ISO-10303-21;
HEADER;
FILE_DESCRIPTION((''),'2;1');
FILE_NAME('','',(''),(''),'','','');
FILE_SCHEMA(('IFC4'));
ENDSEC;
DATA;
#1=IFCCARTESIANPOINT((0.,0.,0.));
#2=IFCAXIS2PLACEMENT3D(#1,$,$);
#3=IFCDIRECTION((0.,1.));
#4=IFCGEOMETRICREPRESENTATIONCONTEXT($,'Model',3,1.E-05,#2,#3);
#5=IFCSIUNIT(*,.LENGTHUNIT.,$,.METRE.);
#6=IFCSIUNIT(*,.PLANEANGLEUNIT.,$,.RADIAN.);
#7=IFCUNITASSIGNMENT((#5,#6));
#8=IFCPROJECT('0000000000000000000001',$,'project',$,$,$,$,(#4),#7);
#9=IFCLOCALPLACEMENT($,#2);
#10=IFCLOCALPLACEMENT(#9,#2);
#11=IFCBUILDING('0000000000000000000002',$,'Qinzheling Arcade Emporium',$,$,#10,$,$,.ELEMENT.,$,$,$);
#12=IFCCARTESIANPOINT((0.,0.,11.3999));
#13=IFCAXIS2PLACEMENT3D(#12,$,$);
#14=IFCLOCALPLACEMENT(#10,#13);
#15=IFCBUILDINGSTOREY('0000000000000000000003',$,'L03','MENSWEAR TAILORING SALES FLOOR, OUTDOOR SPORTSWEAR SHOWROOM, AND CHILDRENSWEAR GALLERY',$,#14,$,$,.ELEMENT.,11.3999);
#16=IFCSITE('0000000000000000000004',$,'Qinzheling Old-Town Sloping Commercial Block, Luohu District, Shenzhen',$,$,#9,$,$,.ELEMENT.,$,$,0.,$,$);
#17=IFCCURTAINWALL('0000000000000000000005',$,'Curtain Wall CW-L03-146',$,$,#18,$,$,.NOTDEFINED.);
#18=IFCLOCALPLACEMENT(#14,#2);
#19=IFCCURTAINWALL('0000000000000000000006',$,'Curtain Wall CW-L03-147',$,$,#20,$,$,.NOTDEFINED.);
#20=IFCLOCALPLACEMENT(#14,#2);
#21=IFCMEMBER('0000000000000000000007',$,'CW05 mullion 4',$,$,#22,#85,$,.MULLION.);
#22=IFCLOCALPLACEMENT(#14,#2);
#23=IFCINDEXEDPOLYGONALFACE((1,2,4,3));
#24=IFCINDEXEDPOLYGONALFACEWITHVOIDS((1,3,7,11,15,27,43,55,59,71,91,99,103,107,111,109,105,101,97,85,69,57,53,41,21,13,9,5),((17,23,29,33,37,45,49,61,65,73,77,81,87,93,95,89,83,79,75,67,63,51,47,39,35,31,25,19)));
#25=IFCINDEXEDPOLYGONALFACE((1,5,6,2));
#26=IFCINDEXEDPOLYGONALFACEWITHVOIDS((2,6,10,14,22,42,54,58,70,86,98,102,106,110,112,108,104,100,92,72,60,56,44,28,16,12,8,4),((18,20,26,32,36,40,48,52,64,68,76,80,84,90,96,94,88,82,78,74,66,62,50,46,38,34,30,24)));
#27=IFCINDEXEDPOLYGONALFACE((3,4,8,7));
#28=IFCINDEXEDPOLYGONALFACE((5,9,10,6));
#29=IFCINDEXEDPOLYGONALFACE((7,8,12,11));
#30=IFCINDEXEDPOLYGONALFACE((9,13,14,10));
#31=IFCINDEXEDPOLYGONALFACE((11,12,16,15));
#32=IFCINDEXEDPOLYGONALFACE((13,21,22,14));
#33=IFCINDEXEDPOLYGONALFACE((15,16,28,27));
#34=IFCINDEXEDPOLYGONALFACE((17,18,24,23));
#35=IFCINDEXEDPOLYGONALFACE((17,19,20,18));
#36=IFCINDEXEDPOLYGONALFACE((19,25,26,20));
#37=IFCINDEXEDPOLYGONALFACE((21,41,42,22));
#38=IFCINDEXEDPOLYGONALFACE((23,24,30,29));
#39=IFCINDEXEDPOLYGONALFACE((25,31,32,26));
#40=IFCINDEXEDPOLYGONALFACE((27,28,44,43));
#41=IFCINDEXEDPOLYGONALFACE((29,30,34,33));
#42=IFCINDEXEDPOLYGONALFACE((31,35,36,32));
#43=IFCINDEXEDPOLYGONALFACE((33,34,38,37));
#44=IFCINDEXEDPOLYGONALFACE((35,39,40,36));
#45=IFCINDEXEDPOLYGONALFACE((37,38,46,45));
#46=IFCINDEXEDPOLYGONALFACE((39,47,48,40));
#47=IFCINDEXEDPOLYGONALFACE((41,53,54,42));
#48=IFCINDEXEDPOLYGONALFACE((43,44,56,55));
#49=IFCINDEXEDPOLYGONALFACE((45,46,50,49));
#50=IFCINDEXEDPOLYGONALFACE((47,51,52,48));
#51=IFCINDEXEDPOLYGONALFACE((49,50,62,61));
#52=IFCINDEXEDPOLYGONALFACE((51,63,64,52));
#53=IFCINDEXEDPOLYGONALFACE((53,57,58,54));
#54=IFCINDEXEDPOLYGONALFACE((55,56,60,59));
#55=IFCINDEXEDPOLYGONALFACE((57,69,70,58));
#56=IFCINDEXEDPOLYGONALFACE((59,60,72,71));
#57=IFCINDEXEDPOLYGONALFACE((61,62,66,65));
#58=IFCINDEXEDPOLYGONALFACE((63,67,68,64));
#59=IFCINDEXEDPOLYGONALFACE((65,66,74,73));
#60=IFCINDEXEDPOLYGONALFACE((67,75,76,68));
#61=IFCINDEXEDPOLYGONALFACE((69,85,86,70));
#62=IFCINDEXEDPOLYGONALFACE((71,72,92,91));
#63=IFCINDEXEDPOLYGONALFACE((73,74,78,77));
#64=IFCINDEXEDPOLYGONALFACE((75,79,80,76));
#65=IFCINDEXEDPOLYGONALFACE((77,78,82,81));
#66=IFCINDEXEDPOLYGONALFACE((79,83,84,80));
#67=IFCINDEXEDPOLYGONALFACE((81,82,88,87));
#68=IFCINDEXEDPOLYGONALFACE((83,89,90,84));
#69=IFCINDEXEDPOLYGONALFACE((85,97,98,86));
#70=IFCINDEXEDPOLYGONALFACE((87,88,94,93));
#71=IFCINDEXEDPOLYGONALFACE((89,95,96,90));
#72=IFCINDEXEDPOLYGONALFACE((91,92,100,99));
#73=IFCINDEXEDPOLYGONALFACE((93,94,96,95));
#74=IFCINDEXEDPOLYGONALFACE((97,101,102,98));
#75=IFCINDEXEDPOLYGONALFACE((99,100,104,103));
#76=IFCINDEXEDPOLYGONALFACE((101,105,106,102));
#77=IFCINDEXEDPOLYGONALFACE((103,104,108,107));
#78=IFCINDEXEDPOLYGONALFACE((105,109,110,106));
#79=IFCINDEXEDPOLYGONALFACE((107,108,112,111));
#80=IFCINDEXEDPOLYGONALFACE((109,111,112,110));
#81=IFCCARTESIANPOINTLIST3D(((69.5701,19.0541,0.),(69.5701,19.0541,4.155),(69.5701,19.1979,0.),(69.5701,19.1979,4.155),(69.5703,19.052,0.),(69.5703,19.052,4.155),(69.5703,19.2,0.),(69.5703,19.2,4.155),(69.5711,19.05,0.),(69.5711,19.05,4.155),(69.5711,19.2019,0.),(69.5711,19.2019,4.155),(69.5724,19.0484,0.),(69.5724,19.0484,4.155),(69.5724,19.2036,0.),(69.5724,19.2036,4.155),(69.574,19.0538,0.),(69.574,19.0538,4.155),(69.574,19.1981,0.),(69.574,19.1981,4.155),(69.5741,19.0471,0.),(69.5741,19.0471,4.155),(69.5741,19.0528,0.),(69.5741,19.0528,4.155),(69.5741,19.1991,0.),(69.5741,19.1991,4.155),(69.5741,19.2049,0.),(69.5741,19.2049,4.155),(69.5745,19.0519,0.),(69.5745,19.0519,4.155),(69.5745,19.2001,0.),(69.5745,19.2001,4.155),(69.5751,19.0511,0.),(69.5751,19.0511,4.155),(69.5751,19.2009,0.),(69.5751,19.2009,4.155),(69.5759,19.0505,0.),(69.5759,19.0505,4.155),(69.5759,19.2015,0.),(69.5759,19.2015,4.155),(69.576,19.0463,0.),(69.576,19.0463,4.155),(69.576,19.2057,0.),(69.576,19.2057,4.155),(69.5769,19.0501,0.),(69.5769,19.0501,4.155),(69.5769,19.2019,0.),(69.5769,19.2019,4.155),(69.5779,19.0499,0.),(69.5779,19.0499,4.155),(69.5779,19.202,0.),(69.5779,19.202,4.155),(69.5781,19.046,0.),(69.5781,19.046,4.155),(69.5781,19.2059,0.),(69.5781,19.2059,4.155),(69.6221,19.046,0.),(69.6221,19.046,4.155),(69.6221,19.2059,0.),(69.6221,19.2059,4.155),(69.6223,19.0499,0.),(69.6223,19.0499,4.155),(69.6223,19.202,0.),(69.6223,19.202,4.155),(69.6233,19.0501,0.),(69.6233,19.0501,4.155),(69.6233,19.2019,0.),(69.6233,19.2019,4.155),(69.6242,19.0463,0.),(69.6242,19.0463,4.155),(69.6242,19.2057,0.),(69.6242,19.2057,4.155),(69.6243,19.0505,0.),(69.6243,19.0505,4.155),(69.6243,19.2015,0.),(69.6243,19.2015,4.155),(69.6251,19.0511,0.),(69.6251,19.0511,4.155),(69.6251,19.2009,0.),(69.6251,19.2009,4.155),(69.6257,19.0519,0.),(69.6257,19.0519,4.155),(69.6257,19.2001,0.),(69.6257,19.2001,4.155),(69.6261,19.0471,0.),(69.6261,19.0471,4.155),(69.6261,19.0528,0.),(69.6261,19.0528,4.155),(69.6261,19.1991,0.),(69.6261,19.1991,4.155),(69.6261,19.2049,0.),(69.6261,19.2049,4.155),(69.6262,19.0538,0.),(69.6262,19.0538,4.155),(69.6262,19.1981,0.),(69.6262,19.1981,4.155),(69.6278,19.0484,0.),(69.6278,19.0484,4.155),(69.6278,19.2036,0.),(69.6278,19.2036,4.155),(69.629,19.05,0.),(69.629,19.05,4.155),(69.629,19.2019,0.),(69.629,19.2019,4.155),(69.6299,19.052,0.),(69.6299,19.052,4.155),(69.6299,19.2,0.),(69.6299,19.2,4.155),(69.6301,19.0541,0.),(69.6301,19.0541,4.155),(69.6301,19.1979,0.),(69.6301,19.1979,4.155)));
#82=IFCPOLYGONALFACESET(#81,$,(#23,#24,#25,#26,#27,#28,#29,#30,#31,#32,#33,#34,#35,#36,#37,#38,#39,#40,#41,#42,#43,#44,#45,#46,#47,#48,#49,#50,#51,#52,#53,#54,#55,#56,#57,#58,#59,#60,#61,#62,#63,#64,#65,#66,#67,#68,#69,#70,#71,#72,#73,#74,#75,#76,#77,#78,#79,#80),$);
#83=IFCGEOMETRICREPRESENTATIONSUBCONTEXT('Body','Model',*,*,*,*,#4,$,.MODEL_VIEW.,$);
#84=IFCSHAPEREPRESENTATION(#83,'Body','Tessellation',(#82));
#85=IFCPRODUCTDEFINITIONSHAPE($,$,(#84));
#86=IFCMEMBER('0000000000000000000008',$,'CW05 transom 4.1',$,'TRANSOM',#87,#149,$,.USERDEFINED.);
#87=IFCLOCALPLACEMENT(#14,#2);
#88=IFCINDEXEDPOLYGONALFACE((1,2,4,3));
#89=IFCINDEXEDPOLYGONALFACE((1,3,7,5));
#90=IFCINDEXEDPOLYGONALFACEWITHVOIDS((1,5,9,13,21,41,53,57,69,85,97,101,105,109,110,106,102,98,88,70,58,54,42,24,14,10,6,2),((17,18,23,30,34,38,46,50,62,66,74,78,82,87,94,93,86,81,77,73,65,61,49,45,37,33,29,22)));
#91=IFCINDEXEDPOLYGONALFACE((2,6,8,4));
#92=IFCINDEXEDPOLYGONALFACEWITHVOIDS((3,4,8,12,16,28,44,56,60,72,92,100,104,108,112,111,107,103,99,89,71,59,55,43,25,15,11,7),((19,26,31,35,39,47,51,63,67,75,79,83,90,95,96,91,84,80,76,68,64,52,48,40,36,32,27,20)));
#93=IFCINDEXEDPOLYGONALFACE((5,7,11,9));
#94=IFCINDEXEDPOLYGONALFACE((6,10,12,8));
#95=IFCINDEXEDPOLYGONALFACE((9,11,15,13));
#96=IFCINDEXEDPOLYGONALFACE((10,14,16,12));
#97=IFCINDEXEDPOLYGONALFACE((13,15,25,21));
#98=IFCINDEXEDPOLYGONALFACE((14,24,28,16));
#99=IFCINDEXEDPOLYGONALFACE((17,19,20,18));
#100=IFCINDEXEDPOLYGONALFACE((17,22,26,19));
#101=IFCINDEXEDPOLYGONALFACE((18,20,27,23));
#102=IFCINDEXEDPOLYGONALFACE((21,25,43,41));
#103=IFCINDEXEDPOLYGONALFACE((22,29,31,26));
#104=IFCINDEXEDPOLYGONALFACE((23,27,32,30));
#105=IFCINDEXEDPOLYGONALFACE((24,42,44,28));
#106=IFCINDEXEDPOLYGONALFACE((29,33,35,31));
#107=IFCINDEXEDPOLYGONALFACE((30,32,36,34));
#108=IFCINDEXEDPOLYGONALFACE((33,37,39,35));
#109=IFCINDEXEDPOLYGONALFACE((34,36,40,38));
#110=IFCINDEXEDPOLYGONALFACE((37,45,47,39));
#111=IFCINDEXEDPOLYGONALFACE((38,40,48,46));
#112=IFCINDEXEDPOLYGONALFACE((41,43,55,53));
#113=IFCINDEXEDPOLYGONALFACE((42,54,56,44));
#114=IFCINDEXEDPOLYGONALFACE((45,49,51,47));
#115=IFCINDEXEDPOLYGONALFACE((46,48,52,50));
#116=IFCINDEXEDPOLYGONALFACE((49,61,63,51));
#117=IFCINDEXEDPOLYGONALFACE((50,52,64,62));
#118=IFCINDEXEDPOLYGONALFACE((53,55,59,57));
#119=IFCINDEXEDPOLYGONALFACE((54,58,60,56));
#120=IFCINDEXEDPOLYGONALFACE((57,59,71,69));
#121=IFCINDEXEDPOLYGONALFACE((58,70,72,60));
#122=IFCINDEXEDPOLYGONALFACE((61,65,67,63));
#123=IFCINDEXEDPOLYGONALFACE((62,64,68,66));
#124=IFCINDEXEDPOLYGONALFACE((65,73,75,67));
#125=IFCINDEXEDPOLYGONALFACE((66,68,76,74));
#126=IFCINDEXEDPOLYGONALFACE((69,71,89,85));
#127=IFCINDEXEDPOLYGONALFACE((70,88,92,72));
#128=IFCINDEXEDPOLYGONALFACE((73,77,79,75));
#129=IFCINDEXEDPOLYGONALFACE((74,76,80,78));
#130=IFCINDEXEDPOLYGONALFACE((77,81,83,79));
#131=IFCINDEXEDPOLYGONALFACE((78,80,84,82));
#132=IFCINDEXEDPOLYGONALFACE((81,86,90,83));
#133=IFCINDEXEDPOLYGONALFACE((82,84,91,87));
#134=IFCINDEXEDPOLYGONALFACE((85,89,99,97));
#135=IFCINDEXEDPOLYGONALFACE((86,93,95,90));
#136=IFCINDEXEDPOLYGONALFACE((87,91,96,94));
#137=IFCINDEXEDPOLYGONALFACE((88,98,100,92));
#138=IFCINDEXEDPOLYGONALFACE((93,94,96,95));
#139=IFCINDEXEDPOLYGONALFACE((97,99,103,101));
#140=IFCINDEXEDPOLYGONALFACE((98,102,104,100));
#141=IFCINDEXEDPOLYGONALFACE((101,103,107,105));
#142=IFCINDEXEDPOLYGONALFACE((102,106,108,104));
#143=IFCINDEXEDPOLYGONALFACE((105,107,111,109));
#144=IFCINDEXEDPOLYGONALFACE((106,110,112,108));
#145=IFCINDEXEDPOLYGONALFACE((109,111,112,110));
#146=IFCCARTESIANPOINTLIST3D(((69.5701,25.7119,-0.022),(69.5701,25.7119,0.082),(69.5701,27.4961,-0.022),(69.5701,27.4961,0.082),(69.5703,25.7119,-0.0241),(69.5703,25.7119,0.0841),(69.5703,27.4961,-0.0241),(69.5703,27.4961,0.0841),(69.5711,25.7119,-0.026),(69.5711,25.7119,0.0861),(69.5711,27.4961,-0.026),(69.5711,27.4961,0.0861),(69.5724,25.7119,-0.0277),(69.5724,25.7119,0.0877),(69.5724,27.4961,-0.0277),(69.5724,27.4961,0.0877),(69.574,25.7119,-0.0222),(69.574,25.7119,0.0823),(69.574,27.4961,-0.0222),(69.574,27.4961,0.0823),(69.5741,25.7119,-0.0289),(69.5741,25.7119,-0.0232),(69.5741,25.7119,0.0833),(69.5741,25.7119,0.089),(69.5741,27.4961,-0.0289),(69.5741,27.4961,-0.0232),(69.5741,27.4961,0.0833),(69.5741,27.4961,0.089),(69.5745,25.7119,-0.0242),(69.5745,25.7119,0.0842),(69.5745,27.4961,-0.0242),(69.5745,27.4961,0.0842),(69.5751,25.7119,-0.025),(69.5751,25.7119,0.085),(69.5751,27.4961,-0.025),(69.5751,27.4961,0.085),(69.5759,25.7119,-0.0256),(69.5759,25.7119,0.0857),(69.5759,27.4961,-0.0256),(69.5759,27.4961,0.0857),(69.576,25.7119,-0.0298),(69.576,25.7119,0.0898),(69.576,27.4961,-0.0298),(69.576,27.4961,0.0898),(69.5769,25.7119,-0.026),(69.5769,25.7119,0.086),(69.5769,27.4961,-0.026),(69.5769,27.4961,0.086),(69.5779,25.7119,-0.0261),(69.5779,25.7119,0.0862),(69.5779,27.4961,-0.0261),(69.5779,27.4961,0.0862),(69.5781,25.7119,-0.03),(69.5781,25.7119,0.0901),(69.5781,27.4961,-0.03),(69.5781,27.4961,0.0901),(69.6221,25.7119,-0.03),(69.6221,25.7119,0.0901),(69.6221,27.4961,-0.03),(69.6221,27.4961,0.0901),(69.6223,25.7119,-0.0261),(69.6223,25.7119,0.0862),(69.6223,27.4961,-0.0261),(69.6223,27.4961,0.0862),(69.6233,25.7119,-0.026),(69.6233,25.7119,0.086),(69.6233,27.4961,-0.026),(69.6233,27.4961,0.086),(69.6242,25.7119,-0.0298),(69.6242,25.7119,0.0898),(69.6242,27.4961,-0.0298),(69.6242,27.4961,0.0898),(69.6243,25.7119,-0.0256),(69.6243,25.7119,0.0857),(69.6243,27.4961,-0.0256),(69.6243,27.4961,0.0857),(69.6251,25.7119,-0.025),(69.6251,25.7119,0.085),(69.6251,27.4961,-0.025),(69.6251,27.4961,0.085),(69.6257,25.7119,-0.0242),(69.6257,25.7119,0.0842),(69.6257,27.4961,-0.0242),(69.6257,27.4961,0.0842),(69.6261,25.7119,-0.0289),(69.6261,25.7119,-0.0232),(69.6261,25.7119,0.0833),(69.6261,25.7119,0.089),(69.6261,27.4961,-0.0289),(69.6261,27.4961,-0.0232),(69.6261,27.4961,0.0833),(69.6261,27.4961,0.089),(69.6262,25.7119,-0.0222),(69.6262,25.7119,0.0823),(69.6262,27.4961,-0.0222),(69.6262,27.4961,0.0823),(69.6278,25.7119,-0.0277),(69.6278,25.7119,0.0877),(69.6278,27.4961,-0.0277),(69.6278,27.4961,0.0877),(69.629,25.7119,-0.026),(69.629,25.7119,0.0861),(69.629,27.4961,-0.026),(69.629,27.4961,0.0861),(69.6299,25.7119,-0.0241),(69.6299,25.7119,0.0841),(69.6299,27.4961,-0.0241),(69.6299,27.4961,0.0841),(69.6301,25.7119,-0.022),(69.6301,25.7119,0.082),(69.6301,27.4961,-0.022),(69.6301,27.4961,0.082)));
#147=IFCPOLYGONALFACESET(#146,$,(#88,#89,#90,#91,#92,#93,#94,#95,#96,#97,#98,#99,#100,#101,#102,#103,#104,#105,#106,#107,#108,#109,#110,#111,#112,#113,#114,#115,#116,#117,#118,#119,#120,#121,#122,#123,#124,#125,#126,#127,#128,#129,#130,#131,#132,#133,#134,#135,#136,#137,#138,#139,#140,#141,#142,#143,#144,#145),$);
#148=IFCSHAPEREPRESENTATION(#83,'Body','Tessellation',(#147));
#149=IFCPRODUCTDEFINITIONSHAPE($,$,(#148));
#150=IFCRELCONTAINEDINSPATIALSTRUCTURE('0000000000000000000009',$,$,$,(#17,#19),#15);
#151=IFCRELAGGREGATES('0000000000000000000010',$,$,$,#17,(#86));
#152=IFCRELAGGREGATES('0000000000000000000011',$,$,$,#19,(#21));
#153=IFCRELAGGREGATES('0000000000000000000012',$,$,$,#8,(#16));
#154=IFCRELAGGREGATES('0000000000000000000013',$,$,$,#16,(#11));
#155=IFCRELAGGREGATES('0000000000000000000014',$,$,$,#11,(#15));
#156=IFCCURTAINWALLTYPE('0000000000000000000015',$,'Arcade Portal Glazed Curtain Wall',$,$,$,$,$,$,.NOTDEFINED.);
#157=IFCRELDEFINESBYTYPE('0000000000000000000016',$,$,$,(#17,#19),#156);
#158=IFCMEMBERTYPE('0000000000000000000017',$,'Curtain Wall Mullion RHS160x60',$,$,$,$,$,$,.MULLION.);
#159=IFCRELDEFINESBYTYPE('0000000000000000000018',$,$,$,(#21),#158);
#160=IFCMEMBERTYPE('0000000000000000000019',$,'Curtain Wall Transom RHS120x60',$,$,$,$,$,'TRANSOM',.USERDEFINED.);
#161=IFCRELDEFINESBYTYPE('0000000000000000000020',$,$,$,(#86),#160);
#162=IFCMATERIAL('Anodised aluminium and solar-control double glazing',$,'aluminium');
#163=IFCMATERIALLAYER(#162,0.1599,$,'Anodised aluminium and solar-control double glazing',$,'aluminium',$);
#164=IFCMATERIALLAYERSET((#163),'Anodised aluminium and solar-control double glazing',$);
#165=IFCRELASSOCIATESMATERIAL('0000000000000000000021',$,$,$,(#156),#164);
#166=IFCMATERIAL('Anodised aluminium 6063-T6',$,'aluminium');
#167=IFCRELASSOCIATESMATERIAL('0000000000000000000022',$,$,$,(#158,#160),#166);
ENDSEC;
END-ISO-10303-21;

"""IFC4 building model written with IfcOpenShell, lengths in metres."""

from ifc_helpers import new_model, si_unit, direction, frame, origin, origin_2d, place, context, subcontext, project, spatial, hollow_rectangle, extrude, material, layer, layer_set, material_profile, profile_set, type_object, element, aggregate, save


model = new_model("IFC4")

# Units and contexts
model_context = context("Model", 3, precision=1e-05, world=origin(), true_north=direction((0.0, 1.0)))
body_context = subcontext(model_context, "Body", "Model", "MODEL_VIEW")
ifc_project = project(units=[si_unit("LENGTHUNIT", "METRE"), si_unit("PLANEANGLEUNIT", "RADIAN")], contexts=[model_context])

# Site, building, storey
site_placement = place(None, origin())
site = spatial("IfcSite", under=ifc_project, at=site_placement, Name="Qinzheling Old-Town Sloping Commercial Block, Luohu District, Shenzhen", CompositionType="ELEMENT", RefElevation=0.0)
building_placement = place(site_placement, origin())
building = spatial("IfcBuilding", under=site, at=building_placement, Name="Qinzheling Arcade Emporium", CompositionType="ELEMENT")
storey_placement = place(building_placement, frame((0.0, 0.0, 11.3999)))
storey = spatial("IfcBuildingStorey", under=building, at=storey_placement, Name="L03", Description="MENSWEAR TAILORING SALES FLOOR, OUTDOOR SPORTSWEAR SHOWROOM, AND CHILDRENSWEAR GALLERY", CompositionType="ELEMENT", Elevation=11.3999)

# Curtain wall
ifc_material_1 = material(Name="Anodised aluminium and solar-control double glazing", Category="aluminium")
ifc_layer_1 = layer(ifc_material_1, 0.1599, Name="Anodised aluminium and solar-control double glazing", Category="aluminium")
ifc_layer_set_1 = layer_set([ifc_layer_1], Name="Anodised aluminium and solar-control double glazing")
curtain_wall_type = type_object("IfcCurtainWallType", Name="Arcade Portal Glazed Curtain Wall", PredefinedType="NOTDEFINED", material=ifc_layer_set_1)
curtain_wall_1_placement = place(storey_placement, origin())
curtain_wall_1 = element("IfcCurtainWall", 1, at=curtain_wall_1_placement, inside=storey, type_object=curtain_wall_type, Name="Curtain Wall CW-L03-146", PredefinedType="NOTDEFINED")
ifc_material_2 = material(Name="Anodised aluminium 6063-T6", Category="aluminium")
ifc_material_profile_1 = material_profile(ifc_material_2, hollow_rectangle(XDim=0.0601, YDim=0.1599, WallThickness=0.0039, InnerFilletRadius=0.0039, OuterFilletRadius=0.0081, at=origin_2d()), Name="RHS 160x60x4", Category="aluminium")
ifc_profile_set_1 = profile_set([ifc_material_profile_1], Name="Anodised aluminium 6063-T6")
member_type_1 = type_object("IfcMemberType", Name="Curtain Wall Mullion RHS160x60", PredefinedType="MULLION", material=ifc_profile_set_1)

# Curtain wall, member
curtain_wall_2_placement = place(storey_placement, origin())
curtain_wall_2 = element("IfcCurtainWall", 2, at=curtain_wall_2_placement, inside=storey, type_object=curtain_wall_type, Name="Curtain Wall CW-L03-147", PredefinedType="NOTDEFINED")
member_1_placement = place(storey_placement, frame((69.6001, 19.126, 0.0), z_axis=(0.0, 0.0, 1.0), x_axis=(1.0, 0.0, 0.0)))
member_1 = element("IfcMember", 3, at=member_1_placement, type_object=member_type_1, Name="CW05 mullion 4", PredefinedType="MULLION", context=body_context, shape_type="SweptSolid", body=[
    extrude(hollow_rectangle(XDim=0.0601, YDim=0.1599, WallThickness=0.0039, InnerFilletRadius=0.0039, OuterFilletRadius=0.0081, at=origin_2d()), origin(), (0.0, 0.0, 1.0), 4.155),
])

# Member
ifc_material_profile_2 = material_profile(ifc_material_2, hollow_rectangle(XDim=0.0601, YDim=0.1201, WallThickness=0.0039, InnerFilletRadius=0.0039, OuterFilletRadius=0.0081, at=origin_2d()), Name="RHS 120x60x4", Category="aluminium")
ifc_profile_set_2 = profile_set([ifc_material_profile_2], Name="Anodised aluminium 6063-T6")
member_type_2 = type_object("IfcMemberType", Name="Curtain Wall Transom RHS120x60", ElementType="TRANSOM", PredefinedType="USERDEFINED", material=ifc_profile_set_2)
member_2_placement = place(storey_placement, frame((69.6001, 27.4961, 0.03), z_axis=(0.0, -1.0, 0.0), x_axis=(1.0, 0.0, 0.0)))
member_2 = element("IfcMember", 4, at=member_2_placement, type_object=member_type_2, Name="CW05 transom 4.1", ObjectType="TRANSOM", PredefinedType="USERDEFINED", context=body_context, shape_type="SweptSolid", body=[
    extrude(hollow_rectangle(XDim=0.0601, YDim=0.1201, WallThickness=0.0039, InnerFilletRadius=0.0039, OuterFilletRadius=0.0081, at=origin_2d()), origin(), (0.0, 0.0, 1.0), 1.7842),
])

aggregate(curtain_wall_1, [member_2])
aggregate(curtain_wall_2, [member_1])

save(model, "model.ifc")
